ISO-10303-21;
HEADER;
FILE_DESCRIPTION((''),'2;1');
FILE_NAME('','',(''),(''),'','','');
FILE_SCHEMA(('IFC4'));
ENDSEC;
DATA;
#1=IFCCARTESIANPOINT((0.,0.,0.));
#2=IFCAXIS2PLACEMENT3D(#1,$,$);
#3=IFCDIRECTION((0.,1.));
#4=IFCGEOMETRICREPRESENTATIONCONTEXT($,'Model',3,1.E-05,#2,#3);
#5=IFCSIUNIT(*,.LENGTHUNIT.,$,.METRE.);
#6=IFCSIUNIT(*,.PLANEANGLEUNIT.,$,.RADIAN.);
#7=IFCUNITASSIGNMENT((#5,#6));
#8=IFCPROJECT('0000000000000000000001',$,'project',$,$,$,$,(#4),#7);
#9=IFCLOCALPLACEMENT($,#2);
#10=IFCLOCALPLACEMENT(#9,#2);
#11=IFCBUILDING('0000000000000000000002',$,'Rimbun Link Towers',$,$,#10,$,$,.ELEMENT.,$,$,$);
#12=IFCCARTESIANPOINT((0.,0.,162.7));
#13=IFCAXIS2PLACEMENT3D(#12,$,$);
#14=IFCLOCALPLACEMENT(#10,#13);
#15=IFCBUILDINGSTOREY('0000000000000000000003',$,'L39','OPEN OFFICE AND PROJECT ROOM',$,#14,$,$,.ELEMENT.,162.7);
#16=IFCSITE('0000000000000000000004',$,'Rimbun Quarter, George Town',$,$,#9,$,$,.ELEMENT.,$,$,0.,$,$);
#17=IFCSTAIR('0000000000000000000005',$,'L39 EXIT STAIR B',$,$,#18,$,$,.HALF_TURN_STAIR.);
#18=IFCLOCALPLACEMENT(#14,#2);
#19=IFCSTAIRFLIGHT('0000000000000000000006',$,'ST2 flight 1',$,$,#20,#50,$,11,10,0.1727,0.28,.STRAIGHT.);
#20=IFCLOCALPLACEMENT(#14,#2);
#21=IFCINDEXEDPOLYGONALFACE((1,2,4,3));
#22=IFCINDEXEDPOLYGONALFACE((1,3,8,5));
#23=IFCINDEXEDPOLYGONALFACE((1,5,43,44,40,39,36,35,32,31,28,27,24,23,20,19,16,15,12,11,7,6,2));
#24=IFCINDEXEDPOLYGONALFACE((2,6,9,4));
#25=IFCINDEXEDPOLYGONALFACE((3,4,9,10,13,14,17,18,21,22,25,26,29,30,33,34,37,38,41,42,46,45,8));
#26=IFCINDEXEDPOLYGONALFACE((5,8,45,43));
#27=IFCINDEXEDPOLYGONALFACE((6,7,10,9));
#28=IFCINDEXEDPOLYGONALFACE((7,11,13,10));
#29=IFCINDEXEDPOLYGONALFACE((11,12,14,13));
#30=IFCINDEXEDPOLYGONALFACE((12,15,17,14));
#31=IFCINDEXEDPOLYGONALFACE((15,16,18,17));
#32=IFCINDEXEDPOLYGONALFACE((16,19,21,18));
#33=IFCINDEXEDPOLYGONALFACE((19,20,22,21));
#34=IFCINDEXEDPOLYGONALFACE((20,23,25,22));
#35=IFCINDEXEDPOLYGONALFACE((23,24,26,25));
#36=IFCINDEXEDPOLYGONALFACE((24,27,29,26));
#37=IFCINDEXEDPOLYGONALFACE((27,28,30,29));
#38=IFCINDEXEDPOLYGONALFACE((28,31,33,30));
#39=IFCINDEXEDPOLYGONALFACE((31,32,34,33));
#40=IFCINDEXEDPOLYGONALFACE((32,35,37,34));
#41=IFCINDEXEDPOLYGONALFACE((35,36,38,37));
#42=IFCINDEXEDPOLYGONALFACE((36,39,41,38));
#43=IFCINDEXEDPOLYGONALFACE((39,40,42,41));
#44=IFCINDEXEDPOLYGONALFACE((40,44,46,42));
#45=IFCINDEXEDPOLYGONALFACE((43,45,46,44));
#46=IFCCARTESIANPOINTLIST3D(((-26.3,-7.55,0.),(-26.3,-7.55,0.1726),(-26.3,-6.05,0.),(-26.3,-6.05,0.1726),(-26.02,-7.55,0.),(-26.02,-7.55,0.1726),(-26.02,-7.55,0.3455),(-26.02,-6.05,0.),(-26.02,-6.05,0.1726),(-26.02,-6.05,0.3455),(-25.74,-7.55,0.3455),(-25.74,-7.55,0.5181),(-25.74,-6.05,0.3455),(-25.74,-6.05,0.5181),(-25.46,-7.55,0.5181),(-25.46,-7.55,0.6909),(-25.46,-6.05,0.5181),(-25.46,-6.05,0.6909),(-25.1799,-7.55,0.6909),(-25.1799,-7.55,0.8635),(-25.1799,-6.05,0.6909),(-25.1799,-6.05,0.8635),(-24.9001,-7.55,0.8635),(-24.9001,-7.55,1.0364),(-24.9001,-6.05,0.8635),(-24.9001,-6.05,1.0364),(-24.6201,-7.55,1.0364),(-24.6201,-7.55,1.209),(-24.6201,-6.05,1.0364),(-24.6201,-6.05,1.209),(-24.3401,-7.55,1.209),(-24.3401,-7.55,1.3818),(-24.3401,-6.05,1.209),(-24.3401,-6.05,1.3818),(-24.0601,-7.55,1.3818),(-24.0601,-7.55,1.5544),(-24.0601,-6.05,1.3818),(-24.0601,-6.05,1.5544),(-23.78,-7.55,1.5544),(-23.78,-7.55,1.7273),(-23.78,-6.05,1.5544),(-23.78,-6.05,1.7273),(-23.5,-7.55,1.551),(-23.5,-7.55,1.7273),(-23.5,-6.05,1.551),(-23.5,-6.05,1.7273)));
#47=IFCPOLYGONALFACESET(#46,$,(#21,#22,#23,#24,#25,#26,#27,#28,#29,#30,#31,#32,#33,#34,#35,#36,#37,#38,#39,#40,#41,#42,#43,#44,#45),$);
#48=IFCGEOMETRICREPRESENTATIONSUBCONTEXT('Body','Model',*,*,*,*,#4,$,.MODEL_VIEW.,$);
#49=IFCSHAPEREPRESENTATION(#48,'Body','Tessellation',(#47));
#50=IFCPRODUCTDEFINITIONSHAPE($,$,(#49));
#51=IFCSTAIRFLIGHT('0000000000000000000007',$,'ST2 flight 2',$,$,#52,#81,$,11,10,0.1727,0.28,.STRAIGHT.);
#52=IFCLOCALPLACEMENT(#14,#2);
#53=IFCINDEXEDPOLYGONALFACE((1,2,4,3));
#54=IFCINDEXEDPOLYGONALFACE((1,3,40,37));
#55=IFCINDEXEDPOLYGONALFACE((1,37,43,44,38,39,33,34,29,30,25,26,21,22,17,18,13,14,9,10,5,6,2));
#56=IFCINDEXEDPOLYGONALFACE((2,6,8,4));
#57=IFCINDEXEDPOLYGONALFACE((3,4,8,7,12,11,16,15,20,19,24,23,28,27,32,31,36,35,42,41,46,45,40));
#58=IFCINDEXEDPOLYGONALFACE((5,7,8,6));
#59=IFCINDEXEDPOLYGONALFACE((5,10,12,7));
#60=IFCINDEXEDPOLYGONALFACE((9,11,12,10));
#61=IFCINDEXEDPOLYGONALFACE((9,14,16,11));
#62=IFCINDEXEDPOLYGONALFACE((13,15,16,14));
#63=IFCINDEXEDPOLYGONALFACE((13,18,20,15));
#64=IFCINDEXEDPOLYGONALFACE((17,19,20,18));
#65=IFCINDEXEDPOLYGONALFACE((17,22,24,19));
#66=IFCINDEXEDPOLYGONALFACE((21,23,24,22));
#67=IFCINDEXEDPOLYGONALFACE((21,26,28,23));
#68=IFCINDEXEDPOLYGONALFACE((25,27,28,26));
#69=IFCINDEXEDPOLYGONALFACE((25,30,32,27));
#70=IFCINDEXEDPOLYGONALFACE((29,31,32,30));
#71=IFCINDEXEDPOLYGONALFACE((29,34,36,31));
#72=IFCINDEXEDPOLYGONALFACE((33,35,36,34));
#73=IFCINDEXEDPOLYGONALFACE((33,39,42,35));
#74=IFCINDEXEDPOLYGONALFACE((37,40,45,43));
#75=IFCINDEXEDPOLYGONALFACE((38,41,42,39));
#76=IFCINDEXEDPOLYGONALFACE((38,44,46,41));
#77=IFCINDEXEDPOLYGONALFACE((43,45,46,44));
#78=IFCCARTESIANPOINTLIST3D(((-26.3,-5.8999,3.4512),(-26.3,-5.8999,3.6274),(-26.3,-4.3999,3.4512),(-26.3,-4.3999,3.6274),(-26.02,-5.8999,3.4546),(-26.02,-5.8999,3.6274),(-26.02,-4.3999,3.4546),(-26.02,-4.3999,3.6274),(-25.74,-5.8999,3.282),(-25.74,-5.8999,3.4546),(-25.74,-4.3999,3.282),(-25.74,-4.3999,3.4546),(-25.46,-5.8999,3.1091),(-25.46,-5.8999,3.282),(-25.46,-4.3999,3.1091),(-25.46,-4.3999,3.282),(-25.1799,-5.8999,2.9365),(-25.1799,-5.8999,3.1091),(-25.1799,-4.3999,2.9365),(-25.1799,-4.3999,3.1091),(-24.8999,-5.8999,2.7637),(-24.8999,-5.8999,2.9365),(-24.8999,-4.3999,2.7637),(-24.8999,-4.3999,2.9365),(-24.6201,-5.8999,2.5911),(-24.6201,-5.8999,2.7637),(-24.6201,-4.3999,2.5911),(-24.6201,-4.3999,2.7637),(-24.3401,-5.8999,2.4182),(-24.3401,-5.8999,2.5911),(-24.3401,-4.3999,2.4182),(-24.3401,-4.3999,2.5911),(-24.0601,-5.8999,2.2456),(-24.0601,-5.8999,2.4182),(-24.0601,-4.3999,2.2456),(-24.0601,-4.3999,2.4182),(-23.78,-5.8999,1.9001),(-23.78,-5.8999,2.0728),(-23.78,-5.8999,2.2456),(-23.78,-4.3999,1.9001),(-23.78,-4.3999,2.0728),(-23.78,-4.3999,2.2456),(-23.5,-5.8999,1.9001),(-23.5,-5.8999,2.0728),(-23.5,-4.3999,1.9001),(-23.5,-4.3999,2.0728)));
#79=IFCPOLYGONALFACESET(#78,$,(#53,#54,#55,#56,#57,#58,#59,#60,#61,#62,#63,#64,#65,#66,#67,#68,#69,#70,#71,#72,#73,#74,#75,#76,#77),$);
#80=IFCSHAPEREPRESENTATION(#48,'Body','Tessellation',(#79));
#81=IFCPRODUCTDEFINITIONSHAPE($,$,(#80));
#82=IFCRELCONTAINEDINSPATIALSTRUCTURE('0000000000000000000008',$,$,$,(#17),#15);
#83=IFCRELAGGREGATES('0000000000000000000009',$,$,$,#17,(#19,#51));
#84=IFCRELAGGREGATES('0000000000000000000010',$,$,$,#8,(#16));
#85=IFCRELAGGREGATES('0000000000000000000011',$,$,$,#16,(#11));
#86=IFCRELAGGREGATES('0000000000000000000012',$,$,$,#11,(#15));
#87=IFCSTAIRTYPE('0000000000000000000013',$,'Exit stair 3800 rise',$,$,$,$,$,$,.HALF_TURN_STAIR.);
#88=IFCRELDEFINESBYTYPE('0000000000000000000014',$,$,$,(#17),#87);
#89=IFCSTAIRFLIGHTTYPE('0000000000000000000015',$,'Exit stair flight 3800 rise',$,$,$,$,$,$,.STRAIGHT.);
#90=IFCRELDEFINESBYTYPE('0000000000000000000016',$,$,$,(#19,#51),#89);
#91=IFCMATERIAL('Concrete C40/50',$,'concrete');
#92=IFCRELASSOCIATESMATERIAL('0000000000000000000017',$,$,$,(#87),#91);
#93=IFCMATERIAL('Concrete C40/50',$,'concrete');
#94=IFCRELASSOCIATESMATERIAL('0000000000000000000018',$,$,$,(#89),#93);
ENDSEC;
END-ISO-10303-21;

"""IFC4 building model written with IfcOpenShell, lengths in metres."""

from ifc_helpers import new_model, si_unit, direction, frame, origin, place, context, subcontext, project, spatial, polyline, outline, extrude, material, type_object, element, aggregate, save


model = new_model("IFC4")

# Units and contexts
model_context = context("Model", 3, precision=1e-05, world=origin(), true_north=direction((0.0, 1.0)))
body_context = subcontext(model_context, "Body", "Model", "MODEL_VIEW")
ifc_project = project(units=[si_unit("LENGTHUNIT", "METRE"), si_unit("PLANEANGLEUNIT", "RADIAN")], contexts=[model_context])

# Site, building, storey
site_placement = place(None, origin())
site = spatial("IfcSite", under=ifc_project, at=site_placement, Name="Rimbun Quarter, George Town", CompositionType="ELEMENT", RefElevation=0.0)
building_placement = place(site_placement, origin())
building = spatial("IfcBuilding", under=site, at=building_placement, Name="Rimbun Link Towers", CompositionType="ELEMENT")
storey_placement = place(building_placement, frame((0.0, 0.0, 162.7)))
storey = spatial("IfcBuildingStorey", under=building, at=storey_placement, Name="L39", Description="OPEN OFFICE AND PROJECT ROOM", CompositionType="ELEMENT", Elevation=162.7)

# Stair, stair flights
ifc_material_1 = material(Name="Concrete C40/50", Category="concrete")
stair_type = type_object("IfcStairType", Name="Exit stair 3800 rise", PredefinedType="HALF_TURN_STAIR", material=ifc_material_1)
stair_placement = place(storey_placement, origin())
stair = element("IfcStair", 1, at=stair_placement, inside=storey, type_object=stair_type, Name="L39 EXIT STAIR B", PredefinedType="HALF_TURN_STAIR")
ifc_material_2 = material(Name="Concrete C40/50", Category="concrete")
stair_flight_type = type_object("IfcStairFlightType", Name="Exit stair flight 3800 rise", PredefinedType="STRAIGHT", material=ifc_material_2)
stair_flight_1_placement = place(storey_placement, frame((-26.3, -6.8, 0.0), z_axis=(0.0, 0.0, 1.0), x_axis=(1.0, 0.0, 0.0)))
stair_flight_1 = element("IfcStairFlight", 2, at=stair_flight_1_placement, type_object=stair_flight_type, Name="ST2 flight 1", NumberOfRisers=11, NumberOfTreads=10, PredefinedType="STRAIGHT", RiserHeight=0.1727, TreadLength=0.28, context=body_context, shape_type="SweptSolid", body=[
    extrude(outline(polyline([(0.0, 0.0), (0.0, 0.1726), (0.28, 0.1726), (0.28, 0.3455), (0.5601, 0.3455), (0.5601, 0.5181), (0.8401, 0.5181), (0.8401, 0.6909), (1.1201, 0.6909), (1.1201, 0.8635), (1.3999, 0.8635), (1.3999, 1.0364), (1.6799, 1.0364), (1.6799, 1.209), (1.96, 1.209), (1.96, 1.3818), (2.24, 1.3818), (2.24, 1.5544), (2.52, 1.5544), (2.52, 1.7273), (2.8, 1.7273), (2.8, 1.8999), (2.8, 1.551), (0.28, 0.0), (0.0, 0.0)])), frame((0.0, 0.75, 0.0), z_axis=(0.0, -1.0, 0.0), x_axis=(1.0, 0.0, 0.0)), (0.0, 0.0, 1.0), 1.5),
])
stair_flight_2_placement = place(storey_placement, frame((-23.5, -5.1499, 1.9001), z_axis=(0.0, 0.0, 1.0), x_axis=(-1.0, 0.0, 0.0)))
stair_flight_2 = element("IfcStairFlight", 3, at=stair_flight_2_placement, type_object=stair_flight_type, Name="ST2 flight 2", NumberOfRisers=11, NumberOfTreads=10, PredefinedType="STRAIGHT", RiserHeight=0.1727, TreadLength=0.28, context=body_context, shape_type="SweptSolid", body=[
    extrude(outline(polyline([(0.0, 0.0), (0.0, 0.1726), (0.28, 0.1726), (0.28, 0.3455), (0.5601, 0.3455), (0.5601, 0.5181), (0.8401, 0.5181), (0.8401, 0.6909), (1.1201, 0.6909), (1.1201, 0.8635), (1.3999, 0.8635), (1.3999, 1.0364), (1.6799, 1.0364), (1.6799, 1.209), (1.96, 1.209), (1.96, 1.3818), (2.24, 1.3818), (2.24, 1.5544), (2.52, 1.5544), (2.52, 1.7273), (2.8, 1.7273), (2.8, 1.8999), (2.8, 1.551), (0.28, 0.0), (0.0, 0.0)])), frame((0.0, 0.75, 0.0), z_axis=(0.0, -1.0, 0.0), x_axis=(1.0, 0.0, 0.0)), (0.0, 0.0, 1.0), 1.5),
])
aggregate(stair, [stair_flight_1, stair_flight_2])

save(model, "model.ifc")
